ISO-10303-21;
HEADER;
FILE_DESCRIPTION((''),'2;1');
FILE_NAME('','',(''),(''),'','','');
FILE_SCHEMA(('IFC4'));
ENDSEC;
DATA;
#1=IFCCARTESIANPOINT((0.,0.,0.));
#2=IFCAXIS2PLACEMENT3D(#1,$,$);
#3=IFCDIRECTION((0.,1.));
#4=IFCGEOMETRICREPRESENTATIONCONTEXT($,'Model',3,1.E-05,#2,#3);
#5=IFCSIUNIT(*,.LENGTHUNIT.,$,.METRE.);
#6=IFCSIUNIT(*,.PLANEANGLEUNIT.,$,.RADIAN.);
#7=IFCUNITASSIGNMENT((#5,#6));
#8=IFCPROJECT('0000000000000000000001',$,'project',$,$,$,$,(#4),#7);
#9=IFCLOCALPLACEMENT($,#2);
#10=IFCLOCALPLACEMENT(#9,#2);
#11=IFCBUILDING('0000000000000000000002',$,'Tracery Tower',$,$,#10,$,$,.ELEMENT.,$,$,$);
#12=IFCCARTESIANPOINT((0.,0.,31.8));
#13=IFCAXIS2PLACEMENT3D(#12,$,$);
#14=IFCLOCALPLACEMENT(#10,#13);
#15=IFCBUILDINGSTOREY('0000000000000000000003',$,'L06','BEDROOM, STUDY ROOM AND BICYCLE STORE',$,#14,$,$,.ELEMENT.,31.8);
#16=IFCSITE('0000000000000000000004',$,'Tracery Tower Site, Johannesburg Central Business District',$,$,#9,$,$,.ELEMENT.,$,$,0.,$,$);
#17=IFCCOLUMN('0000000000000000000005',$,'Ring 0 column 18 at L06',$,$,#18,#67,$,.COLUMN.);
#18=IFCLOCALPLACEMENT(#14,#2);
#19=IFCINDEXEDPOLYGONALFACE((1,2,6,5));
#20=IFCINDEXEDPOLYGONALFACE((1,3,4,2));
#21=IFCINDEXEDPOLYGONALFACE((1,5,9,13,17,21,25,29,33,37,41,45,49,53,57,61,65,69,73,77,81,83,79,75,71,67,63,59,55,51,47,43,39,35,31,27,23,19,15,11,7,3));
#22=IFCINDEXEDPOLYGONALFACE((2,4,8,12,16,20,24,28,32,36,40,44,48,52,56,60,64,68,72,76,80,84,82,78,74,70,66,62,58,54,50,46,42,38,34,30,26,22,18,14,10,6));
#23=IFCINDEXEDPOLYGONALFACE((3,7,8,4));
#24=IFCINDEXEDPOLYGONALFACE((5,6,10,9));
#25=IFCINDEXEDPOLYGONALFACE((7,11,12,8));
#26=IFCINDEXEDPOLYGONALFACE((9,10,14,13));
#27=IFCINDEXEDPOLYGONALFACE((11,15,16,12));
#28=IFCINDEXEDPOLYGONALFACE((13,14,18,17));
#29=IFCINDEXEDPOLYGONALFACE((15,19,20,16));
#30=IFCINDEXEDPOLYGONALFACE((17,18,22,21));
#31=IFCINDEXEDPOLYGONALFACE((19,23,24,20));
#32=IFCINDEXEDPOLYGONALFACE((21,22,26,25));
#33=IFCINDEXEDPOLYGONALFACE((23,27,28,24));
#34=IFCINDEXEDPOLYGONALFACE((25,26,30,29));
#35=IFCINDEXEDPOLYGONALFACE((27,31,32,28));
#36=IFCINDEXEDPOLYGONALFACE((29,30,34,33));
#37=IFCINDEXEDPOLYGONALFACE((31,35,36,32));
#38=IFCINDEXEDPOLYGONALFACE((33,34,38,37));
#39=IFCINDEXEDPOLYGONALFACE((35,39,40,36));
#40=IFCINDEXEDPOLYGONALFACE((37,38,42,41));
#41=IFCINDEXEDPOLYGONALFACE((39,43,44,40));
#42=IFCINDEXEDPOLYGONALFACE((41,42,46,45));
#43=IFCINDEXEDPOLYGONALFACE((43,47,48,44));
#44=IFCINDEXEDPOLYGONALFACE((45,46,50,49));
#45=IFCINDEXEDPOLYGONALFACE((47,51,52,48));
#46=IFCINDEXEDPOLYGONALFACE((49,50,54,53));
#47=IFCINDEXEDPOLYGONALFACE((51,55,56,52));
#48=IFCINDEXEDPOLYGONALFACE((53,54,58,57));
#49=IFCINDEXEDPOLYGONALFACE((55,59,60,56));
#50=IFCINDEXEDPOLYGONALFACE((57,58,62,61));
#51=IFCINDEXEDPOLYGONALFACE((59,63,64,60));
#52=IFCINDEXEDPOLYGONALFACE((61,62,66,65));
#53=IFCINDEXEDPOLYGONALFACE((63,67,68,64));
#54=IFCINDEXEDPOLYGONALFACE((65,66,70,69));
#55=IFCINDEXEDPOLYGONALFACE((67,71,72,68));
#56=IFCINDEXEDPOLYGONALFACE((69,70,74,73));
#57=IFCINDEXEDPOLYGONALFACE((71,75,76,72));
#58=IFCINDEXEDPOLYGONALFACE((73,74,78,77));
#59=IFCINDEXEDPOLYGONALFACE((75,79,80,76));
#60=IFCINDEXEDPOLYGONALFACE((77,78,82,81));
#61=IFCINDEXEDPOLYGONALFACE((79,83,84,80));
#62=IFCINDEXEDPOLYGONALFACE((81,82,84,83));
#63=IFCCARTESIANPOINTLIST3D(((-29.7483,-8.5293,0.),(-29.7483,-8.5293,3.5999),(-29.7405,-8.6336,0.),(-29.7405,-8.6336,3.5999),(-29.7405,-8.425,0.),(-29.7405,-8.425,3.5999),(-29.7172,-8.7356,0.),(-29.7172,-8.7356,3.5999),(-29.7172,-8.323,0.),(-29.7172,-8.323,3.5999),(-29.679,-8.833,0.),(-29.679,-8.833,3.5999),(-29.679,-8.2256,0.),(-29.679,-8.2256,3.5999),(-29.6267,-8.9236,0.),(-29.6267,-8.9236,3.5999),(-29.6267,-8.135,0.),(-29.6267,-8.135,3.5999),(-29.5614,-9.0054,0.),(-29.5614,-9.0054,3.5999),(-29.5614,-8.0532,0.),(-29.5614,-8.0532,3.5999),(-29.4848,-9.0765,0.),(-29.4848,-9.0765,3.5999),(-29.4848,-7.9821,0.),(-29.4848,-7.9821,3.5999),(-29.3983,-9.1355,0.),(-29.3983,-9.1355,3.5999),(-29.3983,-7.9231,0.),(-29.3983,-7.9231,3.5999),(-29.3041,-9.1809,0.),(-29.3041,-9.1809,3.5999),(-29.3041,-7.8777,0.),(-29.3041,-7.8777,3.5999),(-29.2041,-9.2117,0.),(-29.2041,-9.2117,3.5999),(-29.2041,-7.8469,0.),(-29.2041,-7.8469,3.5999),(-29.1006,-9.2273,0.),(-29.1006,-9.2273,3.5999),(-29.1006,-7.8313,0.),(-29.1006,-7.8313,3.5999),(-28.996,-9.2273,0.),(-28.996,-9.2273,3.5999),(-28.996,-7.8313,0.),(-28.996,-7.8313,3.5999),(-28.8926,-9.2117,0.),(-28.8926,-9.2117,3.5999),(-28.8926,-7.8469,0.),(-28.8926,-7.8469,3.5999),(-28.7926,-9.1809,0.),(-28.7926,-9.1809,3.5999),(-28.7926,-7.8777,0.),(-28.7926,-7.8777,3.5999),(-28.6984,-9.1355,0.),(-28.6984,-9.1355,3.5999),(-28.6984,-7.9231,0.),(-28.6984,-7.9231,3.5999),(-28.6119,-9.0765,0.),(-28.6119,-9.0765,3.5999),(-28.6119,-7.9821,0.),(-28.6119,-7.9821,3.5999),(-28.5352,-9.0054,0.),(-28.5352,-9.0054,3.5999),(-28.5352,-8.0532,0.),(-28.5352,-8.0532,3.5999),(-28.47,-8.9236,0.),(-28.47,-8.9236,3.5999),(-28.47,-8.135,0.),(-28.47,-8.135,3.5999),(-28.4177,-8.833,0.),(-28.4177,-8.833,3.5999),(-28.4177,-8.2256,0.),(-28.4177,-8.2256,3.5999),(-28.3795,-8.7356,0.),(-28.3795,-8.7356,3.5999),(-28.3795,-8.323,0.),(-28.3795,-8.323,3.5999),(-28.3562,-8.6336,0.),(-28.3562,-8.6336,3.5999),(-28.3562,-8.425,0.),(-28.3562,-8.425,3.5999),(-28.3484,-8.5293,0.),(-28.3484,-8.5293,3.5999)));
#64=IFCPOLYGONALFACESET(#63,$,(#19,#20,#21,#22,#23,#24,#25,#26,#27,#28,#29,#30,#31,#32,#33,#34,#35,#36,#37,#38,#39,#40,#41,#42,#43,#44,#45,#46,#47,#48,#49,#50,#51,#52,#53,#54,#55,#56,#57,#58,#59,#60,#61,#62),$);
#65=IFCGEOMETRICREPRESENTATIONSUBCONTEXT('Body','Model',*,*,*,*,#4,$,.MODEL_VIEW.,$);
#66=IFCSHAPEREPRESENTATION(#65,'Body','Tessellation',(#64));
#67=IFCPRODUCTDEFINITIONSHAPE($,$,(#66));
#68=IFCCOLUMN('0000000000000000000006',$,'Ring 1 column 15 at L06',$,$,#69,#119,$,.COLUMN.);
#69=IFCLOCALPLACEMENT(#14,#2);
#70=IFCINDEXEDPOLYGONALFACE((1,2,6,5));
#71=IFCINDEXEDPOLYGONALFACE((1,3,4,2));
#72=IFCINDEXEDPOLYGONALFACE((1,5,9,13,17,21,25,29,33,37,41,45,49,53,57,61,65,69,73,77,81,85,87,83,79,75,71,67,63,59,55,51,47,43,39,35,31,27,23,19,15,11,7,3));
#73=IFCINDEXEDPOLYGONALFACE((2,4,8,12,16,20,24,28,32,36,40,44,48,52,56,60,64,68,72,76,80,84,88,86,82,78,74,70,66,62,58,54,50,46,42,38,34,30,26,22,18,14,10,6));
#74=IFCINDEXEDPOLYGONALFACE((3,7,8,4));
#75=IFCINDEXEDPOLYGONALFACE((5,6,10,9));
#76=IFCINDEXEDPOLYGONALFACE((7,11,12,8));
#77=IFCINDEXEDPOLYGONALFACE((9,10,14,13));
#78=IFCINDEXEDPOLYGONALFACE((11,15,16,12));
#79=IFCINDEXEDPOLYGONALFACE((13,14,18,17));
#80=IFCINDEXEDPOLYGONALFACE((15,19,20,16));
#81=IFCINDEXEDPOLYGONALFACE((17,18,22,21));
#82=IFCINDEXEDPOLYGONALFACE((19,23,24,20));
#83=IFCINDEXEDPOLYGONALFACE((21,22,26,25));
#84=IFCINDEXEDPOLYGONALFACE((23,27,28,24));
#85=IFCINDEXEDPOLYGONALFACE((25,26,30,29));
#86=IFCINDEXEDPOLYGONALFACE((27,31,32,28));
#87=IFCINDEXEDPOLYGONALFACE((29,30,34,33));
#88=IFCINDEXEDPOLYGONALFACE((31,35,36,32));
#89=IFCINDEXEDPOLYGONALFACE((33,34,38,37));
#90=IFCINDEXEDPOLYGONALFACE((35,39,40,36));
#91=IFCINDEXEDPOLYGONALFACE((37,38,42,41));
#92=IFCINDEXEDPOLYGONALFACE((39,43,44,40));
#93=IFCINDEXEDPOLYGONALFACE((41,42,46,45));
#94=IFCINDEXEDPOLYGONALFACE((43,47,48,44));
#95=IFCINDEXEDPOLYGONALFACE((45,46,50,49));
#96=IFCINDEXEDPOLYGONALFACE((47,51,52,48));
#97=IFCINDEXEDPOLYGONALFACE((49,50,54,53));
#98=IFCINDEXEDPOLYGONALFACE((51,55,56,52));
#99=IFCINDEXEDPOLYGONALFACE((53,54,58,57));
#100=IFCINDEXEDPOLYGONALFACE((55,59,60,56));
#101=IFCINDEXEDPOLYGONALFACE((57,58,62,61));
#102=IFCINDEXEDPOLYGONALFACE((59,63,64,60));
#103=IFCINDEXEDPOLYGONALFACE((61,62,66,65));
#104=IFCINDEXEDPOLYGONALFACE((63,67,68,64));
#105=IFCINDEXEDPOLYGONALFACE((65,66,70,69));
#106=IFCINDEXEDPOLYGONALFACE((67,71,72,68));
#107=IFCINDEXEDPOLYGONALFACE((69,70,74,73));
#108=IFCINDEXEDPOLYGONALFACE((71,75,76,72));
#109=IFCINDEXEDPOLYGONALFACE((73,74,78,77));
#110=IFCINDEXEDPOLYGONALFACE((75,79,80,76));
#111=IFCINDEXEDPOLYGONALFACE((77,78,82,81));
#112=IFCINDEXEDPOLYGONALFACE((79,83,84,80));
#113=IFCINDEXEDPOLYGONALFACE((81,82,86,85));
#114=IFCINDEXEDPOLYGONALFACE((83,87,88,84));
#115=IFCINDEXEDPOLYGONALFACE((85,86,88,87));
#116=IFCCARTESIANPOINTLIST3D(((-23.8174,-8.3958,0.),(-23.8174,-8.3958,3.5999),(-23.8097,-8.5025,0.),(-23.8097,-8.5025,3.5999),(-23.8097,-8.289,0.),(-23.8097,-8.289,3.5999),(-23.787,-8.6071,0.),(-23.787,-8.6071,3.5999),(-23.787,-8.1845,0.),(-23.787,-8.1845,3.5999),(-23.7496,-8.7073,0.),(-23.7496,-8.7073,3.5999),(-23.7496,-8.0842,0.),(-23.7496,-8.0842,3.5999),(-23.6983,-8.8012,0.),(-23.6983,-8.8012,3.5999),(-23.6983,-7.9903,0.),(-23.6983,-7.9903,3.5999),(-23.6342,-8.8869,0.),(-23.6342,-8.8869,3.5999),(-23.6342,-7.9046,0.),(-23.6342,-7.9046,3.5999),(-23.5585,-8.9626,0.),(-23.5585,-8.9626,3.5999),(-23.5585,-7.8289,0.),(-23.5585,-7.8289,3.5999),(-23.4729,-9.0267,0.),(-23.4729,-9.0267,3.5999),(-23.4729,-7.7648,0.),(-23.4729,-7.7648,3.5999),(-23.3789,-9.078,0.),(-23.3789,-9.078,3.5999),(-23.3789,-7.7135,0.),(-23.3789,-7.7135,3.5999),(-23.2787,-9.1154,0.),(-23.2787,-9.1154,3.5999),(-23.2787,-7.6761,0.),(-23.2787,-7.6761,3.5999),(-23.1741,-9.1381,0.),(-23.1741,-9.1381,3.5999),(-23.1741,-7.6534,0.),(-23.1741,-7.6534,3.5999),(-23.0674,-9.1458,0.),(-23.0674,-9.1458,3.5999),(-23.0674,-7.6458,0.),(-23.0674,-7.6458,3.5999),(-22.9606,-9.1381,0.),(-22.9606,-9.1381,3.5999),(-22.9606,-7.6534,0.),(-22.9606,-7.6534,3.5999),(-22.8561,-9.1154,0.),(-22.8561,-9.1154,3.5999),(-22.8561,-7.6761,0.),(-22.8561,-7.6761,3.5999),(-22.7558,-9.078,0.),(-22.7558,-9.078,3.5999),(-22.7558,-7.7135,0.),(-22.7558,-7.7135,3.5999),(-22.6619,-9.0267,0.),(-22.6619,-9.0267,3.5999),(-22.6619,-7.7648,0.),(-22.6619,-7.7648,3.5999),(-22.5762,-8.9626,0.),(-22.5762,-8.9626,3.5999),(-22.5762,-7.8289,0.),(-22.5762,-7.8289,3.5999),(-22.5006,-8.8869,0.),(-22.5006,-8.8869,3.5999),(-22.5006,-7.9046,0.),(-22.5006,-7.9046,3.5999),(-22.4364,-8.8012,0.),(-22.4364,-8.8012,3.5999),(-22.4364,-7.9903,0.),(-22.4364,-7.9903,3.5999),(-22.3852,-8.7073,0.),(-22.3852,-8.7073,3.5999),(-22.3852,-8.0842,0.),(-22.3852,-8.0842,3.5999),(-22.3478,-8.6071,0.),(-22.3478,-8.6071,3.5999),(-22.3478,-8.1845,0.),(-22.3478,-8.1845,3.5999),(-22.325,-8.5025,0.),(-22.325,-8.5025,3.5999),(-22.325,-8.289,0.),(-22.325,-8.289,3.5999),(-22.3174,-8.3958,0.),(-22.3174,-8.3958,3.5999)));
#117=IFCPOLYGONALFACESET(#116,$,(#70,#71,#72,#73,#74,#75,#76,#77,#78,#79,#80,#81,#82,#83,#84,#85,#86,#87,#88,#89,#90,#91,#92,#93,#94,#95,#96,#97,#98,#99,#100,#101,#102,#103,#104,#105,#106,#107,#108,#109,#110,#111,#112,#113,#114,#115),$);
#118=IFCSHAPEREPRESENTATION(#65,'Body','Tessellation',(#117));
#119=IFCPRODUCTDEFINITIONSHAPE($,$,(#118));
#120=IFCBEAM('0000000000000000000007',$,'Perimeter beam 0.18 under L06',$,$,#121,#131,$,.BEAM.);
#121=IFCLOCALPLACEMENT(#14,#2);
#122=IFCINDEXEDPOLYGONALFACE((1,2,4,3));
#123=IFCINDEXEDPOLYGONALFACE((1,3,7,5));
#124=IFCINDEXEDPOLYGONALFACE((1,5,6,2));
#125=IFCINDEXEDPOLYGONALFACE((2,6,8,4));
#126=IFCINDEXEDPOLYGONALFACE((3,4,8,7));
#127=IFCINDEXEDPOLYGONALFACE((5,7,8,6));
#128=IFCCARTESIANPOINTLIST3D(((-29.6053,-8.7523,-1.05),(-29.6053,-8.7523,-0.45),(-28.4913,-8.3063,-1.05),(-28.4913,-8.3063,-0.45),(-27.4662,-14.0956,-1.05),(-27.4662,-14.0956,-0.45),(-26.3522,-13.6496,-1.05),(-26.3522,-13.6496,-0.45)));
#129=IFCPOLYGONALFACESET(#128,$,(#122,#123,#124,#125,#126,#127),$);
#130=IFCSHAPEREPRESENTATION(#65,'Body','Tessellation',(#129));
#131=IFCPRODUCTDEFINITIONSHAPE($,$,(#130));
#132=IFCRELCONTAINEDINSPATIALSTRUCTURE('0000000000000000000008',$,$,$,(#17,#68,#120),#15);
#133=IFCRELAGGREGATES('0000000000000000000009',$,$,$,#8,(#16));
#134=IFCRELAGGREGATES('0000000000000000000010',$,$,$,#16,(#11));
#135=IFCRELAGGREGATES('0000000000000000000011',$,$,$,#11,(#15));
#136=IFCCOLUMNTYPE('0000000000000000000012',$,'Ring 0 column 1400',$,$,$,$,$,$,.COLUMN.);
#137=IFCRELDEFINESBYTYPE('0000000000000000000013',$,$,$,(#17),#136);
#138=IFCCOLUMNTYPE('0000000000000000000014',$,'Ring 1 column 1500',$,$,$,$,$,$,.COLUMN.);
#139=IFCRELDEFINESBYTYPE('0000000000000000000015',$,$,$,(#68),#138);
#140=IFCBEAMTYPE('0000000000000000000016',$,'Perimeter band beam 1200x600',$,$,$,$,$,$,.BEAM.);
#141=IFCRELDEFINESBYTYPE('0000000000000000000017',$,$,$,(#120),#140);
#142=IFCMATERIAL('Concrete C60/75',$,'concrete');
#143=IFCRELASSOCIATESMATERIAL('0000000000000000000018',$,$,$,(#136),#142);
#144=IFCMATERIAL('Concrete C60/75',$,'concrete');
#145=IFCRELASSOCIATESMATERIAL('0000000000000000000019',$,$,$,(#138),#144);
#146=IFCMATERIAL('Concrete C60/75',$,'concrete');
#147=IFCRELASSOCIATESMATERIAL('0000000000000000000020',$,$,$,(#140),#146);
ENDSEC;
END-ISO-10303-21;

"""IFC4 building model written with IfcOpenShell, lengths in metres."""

from ifc_helpers import new_model, si_unit, direction, frame, origin, origin_2d, place, context, subcontext, project, spatial, rectangle, circle, extrude, material, material_profile, profile_set, type_object, element, save


model = new_model("IFC4")

# Units and contexts
model_context = context("Model", 3, precision=1e-05, world=origin(), true_north=direction((0.0, 1.0)))
body_context = subcontext(model_context, "Body", "Model", "MODEL_VIEW")
ifc_project = project(units=[si_unit("LENGTHUNIT", "METRE"), si_unit("PLANEANGLEUNIT", "RADIAN")], contexts=[model_context])

# Site, building, storey
site_placement = place(None, origin())
site = spatial("IfcSite", under=ifc_project, at=site_placement, Name="Tracery Tower Site, Johannesburg Central Business District", CompositionType="ELEMENT", RefElevation=0.0)
building_placement = place(site_placement, origin())
building = spatial("IfcBuilding", under=site, at=building_placement, Name="Tracery Tower", CompositionType="ELEMENT")
storey_placement = place(building_placement, frame((0.0, 0.0, 31.8)))
storey = spatial("IfcBuildingStorey", under=building, at=storey_placement, Name="L06", Description="BEDROOM, STUDY ROOM AND BICYCLE STORE", CompositionType="ELEMENT", Elevation=31.8)

# Columns
ifc_material_1 = material(Name="Concrete C60/75", Category="concrete")
ifc_material_profile_1 = material_profile(ifc_material_1, circle(Radius=0.7, at=origin_2d()), Name="RC D1400")
ifc_profile_set_1 = profile_set([ifc_material_profile_1], Name="Concrete C60/75")
column_type_1 = type_object("IfcColumnType", Name="Ring 0 column 1400", PredefinedType="COLUMN", material=ifc_profile_set_1)
column_1_placement = place(storey_placement, frame((-29.0483, -8.5293, 0.0), z_axis=(0.0, 0.0, 1.0), x_axis=(1.0, 0.0, 0.0)))
element("IfcColumn", 1, at=column_1_placement, inside=storey, type_object=column_type_1, Name="Ring 0 column 18 at L06", PredefinedType="COLUMN", context=body_context, shape_type="SweptSolid", body=[
    extrude(circle(Radius=0.7, at=origin_2d()), origin(), (0.0, 0.0, 1.0), 3.5999),
])
ifc_material_2 = material(Name="Concrete C60/75", Category="concrete")
ifc_material_profile_2 = material_profile(ifc_material_2, circle(Radius=0.75, at=origin_2d()), Name="RC D1500")
ifc_profile_set_2 = profile_set([ifc_material_profile_2], Name="Concrete C60/75")
column_type_2 = type_object("IfcColumnType", Name="Ring 1 column 1500", PredefinedType="COLUMN", material=ifc_profile_set_2)
column_2_placement = place(storey_placement, frame((-23.0674, -8.3958, 0.0), z_axis=(0.0, 0.0, 1.0), x_axis=(1.0, 0.0, 0.0)))
element("IfcColumn", 2, at=column_2_placement, inside=storey, type_object=column_type_2, Name="Ring 1 column 15 at L06", PredefinedType="COLUMN", context=body_context, shape_type="SweptSolid", body=[
    extrude(circle(Radius=0.75, at=origin_2d()), origin(), (0.0, 0.0, 1.0), 3.5999),
])

# Beam
ifc_material_3 = material(Name="Concrete C60/75", Category="concrete")
ifc_material_profile_3 = material_profile(ifc_material_3, rectangle(XDim=1.2, YDim=0.6001, at=origin_2d()), Name="RC 1200x600")
ifc_profile_set_3 = profile_set([ifc_material_profile_3], Name="Concrete C60/75")
beam_type = type_object("IfcBeamType", Name="Perimeter band beam 1200x600", PredefinedType="BEAM", material=ifc_profile_set_3)
beam_placement = place(storey_placement, frame((-29.0483, -8.5293, -0.75), z_axis=(0.371669, -0.928365, 0.0), x_axis=(0.928365, 0.371669, 0.0)))
element("IfcBeam", 3, at=beam_placement, inside=storey, type_object=beam_type, Name="Perimeter beam 0.18 under L06", PredefinedType="BEAM", context=body_context, shape_type="SweptSolid", body=[
    extrude(rectangle(XDim=1.2, YDim=0.6001, at=origin_2d()), origin(), (0.0, 0.0, 1.0), 5.7556),
])

save(model, "model.ifc")
